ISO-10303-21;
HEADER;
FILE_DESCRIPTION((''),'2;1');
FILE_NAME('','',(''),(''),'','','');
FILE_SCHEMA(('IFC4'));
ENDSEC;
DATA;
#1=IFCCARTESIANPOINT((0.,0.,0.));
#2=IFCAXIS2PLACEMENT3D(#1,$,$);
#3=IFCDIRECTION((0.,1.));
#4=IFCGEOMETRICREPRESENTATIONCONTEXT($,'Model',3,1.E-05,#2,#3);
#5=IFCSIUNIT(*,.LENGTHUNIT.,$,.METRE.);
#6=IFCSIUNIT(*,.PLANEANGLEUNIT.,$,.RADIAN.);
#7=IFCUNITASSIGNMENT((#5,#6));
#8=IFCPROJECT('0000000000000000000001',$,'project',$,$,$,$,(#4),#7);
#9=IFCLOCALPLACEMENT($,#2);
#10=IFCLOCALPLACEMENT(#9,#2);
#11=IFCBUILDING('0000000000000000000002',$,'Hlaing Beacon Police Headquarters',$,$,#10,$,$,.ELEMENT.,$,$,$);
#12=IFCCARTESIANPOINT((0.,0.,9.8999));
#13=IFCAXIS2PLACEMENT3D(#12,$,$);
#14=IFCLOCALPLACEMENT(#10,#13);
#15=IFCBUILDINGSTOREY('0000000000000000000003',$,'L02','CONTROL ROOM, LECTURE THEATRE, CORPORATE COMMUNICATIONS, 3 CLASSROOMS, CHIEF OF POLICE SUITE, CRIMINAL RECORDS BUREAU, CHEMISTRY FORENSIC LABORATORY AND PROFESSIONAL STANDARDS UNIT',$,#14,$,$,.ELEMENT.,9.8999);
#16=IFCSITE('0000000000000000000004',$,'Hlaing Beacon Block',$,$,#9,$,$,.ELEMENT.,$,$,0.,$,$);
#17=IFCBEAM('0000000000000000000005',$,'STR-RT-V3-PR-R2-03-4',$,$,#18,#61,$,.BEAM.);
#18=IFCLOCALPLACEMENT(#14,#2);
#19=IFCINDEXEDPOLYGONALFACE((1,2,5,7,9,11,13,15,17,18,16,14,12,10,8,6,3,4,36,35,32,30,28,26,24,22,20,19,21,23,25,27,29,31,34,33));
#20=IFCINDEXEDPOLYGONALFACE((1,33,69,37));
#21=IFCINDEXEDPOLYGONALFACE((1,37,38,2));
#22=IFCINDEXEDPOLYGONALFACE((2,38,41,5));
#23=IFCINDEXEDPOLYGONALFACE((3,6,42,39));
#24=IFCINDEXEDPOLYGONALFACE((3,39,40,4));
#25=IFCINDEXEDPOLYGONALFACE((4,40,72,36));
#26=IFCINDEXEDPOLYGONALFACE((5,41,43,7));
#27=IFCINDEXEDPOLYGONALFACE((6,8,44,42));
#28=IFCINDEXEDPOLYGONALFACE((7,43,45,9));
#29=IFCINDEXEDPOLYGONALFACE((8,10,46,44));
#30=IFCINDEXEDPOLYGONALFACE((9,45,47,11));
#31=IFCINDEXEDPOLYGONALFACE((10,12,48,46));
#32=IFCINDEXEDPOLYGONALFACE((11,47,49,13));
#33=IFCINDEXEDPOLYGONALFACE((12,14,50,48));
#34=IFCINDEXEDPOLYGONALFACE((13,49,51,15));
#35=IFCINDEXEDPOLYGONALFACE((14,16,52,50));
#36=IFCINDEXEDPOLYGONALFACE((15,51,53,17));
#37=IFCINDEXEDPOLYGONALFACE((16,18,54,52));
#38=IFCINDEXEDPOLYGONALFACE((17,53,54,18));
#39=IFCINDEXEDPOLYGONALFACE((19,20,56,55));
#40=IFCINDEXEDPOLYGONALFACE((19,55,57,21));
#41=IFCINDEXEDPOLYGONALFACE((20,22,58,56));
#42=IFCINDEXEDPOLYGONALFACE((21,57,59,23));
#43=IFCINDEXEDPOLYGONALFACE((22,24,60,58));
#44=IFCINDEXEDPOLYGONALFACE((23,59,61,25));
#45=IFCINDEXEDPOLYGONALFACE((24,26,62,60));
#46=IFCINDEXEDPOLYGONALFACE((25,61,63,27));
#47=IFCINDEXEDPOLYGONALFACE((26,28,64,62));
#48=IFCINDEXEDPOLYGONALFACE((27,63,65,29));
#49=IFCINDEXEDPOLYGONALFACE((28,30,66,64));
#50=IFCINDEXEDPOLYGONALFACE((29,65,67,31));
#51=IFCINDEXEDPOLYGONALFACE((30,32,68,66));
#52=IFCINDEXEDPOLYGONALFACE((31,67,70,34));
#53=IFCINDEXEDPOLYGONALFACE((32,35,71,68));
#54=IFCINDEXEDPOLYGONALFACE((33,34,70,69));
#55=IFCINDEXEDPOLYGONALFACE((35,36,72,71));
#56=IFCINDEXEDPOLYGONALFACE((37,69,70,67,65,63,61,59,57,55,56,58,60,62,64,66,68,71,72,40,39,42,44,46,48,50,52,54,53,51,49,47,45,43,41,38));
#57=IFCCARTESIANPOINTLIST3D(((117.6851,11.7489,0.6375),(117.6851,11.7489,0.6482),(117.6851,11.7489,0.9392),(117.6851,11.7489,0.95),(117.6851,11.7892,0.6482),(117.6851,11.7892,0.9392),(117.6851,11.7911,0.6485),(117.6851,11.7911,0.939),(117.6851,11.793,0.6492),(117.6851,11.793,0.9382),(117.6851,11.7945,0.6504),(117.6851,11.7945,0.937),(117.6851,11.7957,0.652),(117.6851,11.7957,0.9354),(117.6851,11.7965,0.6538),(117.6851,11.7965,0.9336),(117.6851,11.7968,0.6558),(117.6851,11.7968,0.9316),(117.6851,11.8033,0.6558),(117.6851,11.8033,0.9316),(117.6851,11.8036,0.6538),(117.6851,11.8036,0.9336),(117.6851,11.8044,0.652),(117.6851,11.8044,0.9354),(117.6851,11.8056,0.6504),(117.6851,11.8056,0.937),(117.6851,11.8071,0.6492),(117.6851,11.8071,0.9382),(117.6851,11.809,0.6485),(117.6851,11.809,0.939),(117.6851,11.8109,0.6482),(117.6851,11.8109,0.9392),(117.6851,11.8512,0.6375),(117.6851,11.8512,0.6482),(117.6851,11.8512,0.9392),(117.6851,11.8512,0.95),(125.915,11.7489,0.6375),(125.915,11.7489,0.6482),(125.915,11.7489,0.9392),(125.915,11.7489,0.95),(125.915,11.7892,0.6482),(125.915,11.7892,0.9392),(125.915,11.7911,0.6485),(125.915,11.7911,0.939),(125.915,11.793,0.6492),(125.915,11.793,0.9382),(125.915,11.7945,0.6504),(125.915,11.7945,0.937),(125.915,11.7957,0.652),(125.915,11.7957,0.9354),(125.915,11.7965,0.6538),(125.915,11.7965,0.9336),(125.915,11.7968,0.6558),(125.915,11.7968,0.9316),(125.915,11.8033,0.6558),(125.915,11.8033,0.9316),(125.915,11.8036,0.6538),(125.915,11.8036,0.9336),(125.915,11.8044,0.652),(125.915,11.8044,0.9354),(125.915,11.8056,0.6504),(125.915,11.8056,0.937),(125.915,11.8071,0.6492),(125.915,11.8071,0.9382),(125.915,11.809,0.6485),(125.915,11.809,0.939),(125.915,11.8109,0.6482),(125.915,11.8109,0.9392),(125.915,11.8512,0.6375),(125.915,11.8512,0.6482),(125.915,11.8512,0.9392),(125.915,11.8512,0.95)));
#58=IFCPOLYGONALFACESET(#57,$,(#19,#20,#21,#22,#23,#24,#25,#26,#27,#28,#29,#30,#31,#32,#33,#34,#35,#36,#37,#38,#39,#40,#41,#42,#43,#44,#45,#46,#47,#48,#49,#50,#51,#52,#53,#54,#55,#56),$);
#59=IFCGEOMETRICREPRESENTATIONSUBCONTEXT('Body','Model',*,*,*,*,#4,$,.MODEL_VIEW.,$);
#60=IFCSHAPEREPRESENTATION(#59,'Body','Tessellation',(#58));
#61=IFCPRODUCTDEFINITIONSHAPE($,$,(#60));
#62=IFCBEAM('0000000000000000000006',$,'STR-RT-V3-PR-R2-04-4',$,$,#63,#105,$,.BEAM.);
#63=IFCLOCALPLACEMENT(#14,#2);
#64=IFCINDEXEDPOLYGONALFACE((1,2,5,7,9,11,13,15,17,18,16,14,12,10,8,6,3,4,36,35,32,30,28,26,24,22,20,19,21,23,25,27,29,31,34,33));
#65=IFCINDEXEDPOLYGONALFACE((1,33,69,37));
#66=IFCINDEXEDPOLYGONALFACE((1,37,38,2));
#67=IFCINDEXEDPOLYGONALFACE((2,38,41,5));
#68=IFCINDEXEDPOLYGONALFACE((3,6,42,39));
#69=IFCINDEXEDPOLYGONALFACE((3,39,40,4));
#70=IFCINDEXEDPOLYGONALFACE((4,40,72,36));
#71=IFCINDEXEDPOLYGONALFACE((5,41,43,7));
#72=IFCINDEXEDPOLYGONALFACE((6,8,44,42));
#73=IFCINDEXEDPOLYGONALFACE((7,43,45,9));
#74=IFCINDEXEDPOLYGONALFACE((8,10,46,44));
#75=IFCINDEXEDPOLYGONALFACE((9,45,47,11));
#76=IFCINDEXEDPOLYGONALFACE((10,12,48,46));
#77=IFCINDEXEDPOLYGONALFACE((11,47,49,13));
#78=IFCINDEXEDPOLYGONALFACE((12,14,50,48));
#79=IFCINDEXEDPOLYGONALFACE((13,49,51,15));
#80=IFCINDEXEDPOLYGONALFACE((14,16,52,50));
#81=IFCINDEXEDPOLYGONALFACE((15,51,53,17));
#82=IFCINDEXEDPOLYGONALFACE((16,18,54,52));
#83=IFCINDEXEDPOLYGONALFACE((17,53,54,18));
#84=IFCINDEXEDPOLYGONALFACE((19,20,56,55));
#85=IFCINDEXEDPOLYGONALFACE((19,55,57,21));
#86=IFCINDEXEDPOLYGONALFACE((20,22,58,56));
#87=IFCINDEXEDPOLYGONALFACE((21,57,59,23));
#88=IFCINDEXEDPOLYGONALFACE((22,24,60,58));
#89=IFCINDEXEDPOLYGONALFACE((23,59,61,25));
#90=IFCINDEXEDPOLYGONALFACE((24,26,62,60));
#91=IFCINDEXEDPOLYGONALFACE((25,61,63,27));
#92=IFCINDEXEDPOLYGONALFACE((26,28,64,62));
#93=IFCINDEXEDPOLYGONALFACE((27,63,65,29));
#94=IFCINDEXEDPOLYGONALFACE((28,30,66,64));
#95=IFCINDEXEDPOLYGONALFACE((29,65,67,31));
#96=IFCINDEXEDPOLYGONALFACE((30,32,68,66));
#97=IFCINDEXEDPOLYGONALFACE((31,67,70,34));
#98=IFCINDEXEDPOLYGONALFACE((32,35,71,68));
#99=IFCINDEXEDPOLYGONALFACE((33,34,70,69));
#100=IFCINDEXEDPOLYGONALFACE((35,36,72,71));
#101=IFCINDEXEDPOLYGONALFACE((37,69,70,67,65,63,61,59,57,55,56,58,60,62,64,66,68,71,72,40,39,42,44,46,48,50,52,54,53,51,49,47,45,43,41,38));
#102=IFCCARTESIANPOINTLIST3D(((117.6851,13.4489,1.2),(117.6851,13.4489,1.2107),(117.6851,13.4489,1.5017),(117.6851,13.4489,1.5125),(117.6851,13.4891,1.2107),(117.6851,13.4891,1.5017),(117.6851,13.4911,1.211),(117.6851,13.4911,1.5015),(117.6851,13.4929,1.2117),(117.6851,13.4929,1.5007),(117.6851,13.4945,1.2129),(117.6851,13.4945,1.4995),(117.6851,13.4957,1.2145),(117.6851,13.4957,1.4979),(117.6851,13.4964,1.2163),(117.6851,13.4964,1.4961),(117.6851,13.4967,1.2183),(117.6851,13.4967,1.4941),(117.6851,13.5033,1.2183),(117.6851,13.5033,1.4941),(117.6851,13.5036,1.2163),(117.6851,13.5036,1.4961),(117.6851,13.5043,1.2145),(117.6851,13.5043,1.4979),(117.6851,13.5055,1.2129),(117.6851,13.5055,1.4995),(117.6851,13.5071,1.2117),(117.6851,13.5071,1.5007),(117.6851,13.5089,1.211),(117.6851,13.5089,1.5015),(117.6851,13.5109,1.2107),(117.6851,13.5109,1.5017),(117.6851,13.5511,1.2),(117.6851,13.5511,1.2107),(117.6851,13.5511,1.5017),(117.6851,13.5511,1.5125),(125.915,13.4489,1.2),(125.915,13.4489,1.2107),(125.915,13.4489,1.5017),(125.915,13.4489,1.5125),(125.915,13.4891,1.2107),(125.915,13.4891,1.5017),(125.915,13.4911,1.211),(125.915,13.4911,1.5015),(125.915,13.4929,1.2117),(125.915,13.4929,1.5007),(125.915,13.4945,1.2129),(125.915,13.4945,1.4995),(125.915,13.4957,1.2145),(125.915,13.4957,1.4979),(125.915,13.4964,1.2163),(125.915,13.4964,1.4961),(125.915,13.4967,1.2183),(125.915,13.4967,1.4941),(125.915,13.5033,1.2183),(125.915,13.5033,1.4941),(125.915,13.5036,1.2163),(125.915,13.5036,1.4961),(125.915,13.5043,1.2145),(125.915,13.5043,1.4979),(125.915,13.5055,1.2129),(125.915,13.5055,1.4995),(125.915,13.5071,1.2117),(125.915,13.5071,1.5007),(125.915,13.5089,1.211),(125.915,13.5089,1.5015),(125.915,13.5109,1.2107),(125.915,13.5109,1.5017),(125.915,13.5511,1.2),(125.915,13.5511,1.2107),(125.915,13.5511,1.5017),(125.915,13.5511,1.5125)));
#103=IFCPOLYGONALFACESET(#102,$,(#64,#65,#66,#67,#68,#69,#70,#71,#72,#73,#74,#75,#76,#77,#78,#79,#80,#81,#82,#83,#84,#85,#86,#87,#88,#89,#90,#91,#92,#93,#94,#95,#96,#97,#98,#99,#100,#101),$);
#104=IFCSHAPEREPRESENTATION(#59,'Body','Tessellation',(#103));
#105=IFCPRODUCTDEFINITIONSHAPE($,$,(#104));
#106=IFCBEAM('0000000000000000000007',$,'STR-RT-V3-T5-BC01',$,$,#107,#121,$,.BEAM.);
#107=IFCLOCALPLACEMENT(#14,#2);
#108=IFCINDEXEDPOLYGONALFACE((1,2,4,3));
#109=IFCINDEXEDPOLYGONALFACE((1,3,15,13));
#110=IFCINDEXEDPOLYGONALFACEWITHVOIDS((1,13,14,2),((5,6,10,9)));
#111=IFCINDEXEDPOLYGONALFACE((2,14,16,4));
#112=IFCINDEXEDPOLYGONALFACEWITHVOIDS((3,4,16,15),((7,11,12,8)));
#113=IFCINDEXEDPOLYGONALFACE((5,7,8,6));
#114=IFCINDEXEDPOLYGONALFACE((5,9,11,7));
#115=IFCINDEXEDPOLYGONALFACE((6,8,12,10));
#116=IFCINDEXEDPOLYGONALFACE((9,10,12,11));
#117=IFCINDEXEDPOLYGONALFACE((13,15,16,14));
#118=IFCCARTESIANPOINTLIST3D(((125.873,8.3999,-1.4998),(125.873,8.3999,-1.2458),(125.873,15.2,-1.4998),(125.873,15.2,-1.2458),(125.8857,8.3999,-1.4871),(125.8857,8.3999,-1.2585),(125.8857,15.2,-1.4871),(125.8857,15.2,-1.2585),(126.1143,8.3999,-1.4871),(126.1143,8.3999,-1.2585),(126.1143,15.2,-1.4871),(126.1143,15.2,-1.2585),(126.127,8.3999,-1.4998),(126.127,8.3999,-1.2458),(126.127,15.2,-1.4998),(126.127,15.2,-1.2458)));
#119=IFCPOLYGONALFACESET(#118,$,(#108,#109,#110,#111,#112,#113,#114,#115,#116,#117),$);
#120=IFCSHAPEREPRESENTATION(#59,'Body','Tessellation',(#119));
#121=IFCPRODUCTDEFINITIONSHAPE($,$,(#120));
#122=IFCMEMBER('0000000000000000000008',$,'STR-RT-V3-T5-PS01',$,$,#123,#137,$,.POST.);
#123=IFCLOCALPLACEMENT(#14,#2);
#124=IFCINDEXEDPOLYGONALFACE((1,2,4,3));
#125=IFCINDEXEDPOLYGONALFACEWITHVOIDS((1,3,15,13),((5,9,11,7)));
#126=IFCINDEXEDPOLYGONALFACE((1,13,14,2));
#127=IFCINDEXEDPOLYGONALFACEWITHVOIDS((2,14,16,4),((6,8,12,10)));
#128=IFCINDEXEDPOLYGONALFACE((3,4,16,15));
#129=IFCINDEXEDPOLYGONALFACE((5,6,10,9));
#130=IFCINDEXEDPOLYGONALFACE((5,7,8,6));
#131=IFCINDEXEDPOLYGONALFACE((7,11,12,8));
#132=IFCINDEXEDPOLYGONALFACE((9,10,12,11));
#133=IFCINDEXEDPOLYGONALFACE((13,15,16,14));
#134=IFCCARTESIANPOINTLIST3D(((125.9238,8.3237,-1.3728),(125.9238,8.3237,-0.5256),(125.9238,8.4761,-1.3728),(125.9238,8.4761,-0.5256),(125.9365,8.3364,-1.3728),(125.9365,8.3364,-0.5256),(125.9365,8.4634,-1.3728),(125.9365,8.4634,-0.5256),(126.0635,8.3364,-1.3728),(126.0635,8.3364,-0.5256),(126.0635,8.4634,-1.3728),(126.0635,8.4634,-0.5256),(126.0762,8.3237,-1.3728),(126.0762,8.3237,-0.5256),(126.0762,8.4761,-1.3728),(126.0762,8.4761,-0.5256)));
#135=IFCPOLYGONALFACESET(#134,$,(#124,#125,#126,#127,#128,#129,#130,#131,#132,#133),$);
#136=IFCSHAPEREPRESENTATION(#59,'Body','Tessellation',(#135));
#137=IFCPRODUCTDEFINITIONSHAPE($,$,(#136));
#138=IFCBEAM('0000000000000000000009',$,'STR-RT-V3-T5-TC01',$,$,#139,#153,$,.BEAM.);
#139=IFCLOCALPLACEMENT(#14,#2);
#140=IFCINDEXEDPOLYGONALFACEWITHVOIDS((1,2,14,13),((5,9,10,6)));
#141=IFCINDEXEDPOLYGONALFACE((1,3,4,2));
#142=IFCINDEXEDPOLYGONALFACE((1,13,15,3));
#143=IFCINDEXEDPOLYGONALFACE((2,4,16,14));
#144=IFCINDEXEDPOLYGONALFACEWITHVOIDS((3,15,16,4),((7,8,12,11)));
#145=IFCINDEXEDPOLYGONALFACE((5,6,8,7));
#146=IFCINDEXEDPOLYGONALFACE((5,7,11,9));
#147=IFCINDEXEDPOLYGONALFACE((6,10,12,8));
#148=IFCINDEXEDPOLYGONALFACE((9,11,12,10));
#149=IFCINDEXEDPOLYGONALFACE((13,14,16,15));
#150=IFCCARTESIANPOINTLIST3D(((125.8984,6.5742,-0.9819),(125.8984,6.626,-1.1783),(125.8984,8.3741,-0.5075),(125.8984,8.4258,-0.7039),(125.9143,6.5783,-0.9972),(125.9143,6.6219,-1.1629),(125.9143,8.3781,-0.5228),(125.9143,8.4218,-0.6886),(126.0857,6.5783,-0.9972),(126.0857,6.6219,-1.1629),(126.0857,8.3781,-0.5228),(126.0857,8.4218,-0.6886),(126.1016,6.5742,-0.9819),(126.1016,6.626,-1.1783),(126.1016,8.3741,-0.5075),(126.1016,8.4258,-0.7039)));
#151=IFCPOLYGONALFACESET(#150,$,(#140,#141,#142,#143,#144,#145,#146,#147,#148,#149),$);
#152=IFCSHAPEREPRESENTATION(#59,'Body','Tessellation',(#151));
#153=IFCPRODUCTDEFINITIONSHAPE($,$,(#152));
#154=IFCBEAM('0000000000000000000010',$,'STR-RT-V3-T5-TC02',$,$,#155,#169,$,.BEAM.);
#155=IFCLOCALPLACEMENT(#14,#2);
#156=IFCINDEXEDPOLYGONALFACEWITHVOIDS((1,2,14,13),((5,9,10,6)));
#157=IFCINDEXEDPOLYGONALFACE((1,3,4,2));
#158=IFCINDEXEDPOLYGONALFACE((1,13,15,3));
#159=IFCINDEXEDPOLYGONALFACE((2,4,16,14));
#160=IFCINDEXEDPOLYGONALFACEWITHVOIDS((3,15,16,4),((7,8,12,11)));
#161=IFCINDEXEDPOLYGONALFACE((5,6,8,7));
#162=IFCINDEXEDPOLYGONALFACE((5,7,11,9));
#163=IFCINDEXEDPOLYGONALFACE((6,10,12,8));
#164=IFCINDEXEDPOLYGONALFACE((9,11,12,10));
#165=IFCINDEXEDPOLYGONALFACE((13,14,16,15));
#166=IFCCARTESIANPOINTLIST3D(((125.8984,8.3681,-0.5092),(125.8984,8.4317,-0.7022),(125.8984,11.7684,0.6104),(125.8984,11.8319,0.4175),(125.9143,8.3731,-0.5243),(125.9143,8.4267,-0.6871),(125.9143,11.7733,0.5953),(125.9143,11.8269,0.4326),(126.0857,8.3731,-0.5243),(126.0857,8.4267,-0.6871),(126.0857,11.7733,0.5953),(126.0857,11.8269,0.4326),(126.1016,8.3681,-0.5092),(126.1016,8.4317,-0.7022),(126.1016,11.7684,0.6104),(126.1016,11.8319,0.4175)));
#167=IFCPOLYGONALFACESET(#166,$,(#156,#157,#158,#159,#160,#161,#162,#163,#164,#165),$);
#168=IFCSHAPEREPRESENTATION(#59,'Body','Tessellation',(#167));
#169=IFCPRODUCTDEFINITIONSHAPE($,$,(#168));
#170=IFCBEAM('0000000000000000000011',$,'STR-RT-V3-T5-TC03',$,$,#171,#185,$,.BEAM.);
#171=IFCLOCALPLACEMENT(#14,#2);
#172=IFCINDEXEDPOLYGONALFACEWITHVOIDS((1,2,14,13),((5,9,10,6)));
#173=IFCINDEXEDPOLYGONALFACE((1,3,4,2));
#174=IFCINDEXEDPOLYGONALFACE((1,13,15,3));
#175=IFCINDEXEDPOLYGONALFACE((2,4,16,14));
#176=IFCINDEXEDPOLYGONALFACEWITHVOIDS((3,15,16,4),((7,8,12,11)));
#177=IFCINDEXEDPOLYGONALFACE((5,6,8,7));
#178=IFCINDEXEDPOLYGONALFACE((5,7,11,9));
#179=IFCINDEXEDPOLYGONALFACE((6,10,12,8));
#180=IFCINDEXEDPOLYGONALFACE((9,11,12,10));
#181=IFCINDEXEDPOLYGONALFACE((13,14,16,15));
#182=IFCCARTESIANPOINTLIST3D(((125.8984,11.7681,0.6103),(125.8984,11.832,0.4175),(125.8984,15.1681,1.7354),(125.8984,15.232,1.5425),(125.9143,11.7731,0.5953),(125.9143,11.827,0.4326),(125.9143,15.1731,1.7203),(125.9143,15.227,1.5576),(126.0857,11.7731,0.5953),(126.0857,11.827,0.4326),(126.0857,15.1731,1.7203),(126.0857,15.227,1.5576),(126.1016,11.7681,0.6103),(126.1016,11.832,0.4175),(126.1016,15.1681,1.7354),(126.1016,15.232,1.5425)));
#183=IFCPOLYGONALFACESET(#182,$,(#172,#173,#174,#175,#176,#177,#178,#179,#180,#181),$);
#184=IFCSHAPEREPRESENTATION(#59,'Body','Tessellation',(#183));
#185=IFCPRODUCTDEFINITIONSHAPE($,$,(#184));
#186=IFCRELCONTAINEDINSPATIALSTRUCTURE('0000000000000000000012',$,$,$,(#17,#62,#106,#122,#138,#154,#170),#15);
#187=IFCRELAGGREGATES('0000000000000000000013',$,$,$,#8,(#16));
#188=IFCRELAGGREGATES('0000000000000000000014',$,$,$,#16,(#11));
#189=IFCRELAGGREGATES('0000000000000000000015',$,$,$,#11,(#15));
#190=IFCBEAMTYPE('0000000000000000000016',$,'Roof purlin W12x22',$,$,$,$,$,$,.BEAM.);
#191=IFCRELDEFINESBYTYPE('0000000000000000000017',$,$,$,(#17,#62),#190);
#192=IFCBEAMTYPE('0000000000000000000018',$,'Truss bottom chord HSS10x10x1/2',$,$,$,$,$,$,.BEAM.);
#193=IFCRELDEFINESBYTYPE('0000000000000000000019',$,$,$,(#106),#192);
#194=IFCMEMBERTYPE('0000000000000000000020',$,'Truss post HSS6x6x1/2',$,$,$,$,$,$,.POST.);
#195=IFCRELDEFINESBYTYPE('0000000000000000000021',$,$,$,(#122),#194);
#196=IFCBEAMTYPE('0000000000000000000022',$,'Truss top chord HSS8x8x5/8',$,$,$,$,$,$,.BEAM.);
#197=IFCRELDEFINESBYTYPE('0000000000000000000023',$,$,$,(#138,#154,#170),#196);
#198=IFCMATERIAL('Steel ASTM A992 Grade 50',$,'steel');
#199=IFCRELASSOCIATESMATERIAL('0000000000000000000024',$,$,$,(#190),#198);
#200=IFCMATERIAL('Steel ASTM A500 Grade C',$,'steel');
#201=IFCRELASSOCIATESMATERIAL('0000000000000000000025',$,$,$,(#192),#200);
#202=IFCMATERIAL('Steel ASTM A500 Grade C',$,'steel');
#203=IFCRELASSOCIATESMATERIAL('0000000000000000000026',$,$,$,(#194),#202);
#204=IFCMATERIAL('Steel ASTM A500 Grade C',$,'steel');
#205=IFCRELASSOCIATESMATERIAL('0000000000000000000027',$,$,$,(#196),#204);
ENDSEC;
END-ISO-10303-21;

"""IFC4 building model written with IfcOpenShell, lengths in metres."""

from ifc_helpers import new_model, si_unit, direction, frame, origin, origin_2d, place, context, subcontext, project, spatial, hollow_rectangle, i_section, extrude, material, material_profile, profile_set, type_object, element, save


model = new_model("IFC4")

# Units and contexts
model_context = context("Model", 3, precision=1e-05, world=origin(), true_north=direction((0.0, 1.0)))
body_context = subcontext(model_context, "Body", "Model", "MODEL_VIEW")
ifc_project = project(units=[si_unit("LENGTHUNIT", "METRE"), si_unit("PLANEANGLEUNIT", "RADIAN")], contexts=[model_context])

# Site, building, storey
site_placement = place(None, origin())
site = spatial("IfcSite", under=ifc_project, at=site_placement, Name="Hlaing Beacon Block", CompositionType="ELEMENT", RefElevation=0.0)
building_placement = place(site_placement, origin())
building = spatial("IfcBuilding", under=site, at=building_placement, Name="Hlaing Beacon Police Headquarters", CompositionType="ELEMENT")
storey_placement = place(building_placement, frame((0.0, 0.0, 9.8999)))
storey = spatial("IfcBuildingStorey", under=building, at=storey_placement, Name="L02", Description="CONTROL ROOM, LECTURE THEATRE, CORPORATE COMMUNICATIONS, 3 CLASSROOMS, CHIEF OF POLICE SUITE, CRIMINAL RECORDS BUREAU, CHEMISTRY FORENSIC LABORATORY AND PROFESSIONAL STANDARDS UNIT", CompositionType="ELEMENT", Elevation=9.8999)

# Beams
ifc_material_1 = material(Name="Steel ASTM A992 Grade 50", Category="steel")
ifc_material_profile_1 = material_profile(ifc_material_1, i_section(OverallWidth=0.1023, OverallDepth=0.3125, WebThickness=0.0066, FlangeThickness=0.0107, FilletRadius=0.0076, at=origin_2d()), Name="W12x22")
ifc_profile_set_1 = profile_set([ifc_material_profile_1], Name="Steel ASTM A992 Grade 50")
beam_type_1 = type_object("IfcBeamType", Name="Roof purlin W12x22", PredefinedType="BEAM", material=ifc_profile_set_1)
for number, where, z_axis, x_axis, name in (
    (1, (117.6851, 11.8, 0.7937), (1.0, 0.0, 0.0), (0.0, 1.0, 0.0), "STR-RT-V3-PR-R2-03-4"),
    (2, (117.6851, 13.5, 1.3562), (1.0, 0.0, 0.0), (0.0, 1.0, 0.0), "STR-RT-V3-PR-R2-04-4"),
):
    element("IfcBeam", number, at=place(storey_placement, frame(where, z_axis=z_axis, x_axis=x_axis)), inside=storey, type_object=beam_type_1, Name=name, PredefinedType="BEAM", context=body_context, shape_type="SweptSolid", body=[
        extrude(i_section(OverallWidth=0.1023, OverallDepth=0.3125, WebThickness=0.0066, FlangeThickness=0.0107, FilletRadius=0.0076, at=origin_2d()), origin(), (0.0, 0.0, 1.0), 8.23),
    ])
ifc_material_2 = material(Name="Steel ASTM A500 Grade C", Category="steel")
ifc_material_profile_2 = material_profile(ifc_material_2, hollow_rectangle(XDim=0.2539, YDim=0.2539, WallThickness=0.0127, at=origin_2d()), Name="HSS10x10x1/2")
ifc_profile_set_2 = profile_set([ifc_material_profile_2], Name="Steel ASTM A500 Grade C")
beam_type_2 = type_object("IfcBeamType", Name="Truss bottom chord HSS10x10x1/2", PredefinedType="BEAM", material=ifc_profile_set_2)
beam_1_placement = place(storey_placement, frame((126.0, 8.3999, -1.3728), z_axis=(0.0, 1.0, 0.0), x_axis=(-1.0, 0.0, 0.0)))
element("IfcBeam", 3, at=beam_1_placement, inside=storey, type_object=beam_type_2, Name="STR-RT-V3-T5-BC01", PredefinedType="BEAM", context=body_context, shape_type="SweptSolid", body=[
    extrude(hollow_rectangle(XDim=0.2539, YDim=0.2539, WallThickness=0.0127, at=origin_2d()), origin(), (0.0, 0.0, 1.0), 6.8),
])

# Member
ifc_material_3 = material(Name="Steel ASTM A500 Grade C", Category="steel")
ifc_material_profile_3 = material_profile(ifc_material_3, hollow_rectangle(XDim=0.1523, YDim=0.1523, WallThickness=0.0127, at=origin_2d()), Name="HSS6x6x1/2")
ifc_profile_set_3 = profile_set([ifc_material_profile_3], Name="Steel ASTM A500 Grade C")
member_type_1 = type_object("IfcMemberType", Name="Truss post HSS6x6x1/2", PredefinedType="POST", material=ifc_profile_set_3)
member_1_placement = place(storey_placement, frame((126.0, 8.3999, -1.3728), z_axis=(0.0, 0.0, 1.0), x_axis=(1.0, 0.0, 0.0)))
element("IfcMember", 4, at=member_1_placement, inside=storey, type_object=member_type_1, Name="STR-RT-V3-T5-PS01", PredefinedType="POST", context=body_context, shape_type="SweptSolid", body=[
    extrude(hollow_rectangle(XDim=0.1523, YDim=0.1523, WallThickness=0.0127, at=origin_2d()), origin(), (0.0, 0.0, 1.0), 0.8472),
])

# Beams
ifc_material_4 = material(Name="Steel ASTM A500 Grade C", Category="steel")
ifc_material_profile_4 = material_profile(ifc_material_4, hollow_rectangle(XDim=0.2031, YDim=0.2031, WallThickness=0.0159, at=origin_2d()), Name="HSS8x8x5/8")
ifc_profile_set_4 = profile_set([ifc_material_profile_4], Name="Steel ASTM A500 Grade C")
beam_type_3 = type_object("IfcBeamType", Name="Truss top chord HSS8x8x5/8", PredefinedType="BEAM", material=ifc_profile_set_4)
beam_2_placement = place(storey_placement, frame((126.0, 6.6001, -1.0801), z_axis=(0.0, 0.966978, 0.254861), x_axis=(-1.0, 0.0, 0.0)))
element("IfcBeam", 5, at=beam_2_placement, inside=storey, type_object=beam_type_3, Name="STR-RT-V3-T5-TC01", PredefinedType="BEAM", context=body_context, shape_type="SweptSolid", body=[
    extrude(hollow_rectangle(XDim=0.2031, YDim=0.2031, WallThickness=0.0159, at=origin_2d()), origin(), (0.0, 0.0, 1.0), 1.8613),
])
beam_3_placement = place(storey_placement, frame((126.0, 8.3999, -0.6057), z_axis=(0.0, 0.94983, 0.312768), x_axis=(-1.0, 0.0, 0.0)))
element("IfcBeam", 6, at=beam_3_placement, inside=storey, type_object=beam_type_3, Name="STR-RT-V3-T5-TC02", PredefinedType="BEAM", context=body_context, shape_type="SweptSolid", body=[
    extrude(hollow_rectangle(XDim=0.2031, YDim=0.2031, WallThickness=0.0159, at=origin_2d()), origin(), (0.0, 0.0, 1.0), 3.5798),
])
beam_4_placement = place(storey_placement, frame((126.0, 11.8, 0.5139), z_axis=(0.0, 0.949376, 0.314141), x_axis=(-1.0, 0.0, 0.0)))
element("IfcBeam", 7, at=beam_4_placement, inside=storey, type_object=beam_type_3, Name="STR-RT-V3-T5-TC03", PredefinedType="BEAM", context=body_context, shape_type="SweptSolid", body=[
    extrude(hollow_rectangle(XDim=0.2031, YDim=0.2031, WallThickness=0.0159, at=origin_2d()), origin(), (0.0, 0.0, 1.0), 3.5813),
])

save(model, "model.ifc")
